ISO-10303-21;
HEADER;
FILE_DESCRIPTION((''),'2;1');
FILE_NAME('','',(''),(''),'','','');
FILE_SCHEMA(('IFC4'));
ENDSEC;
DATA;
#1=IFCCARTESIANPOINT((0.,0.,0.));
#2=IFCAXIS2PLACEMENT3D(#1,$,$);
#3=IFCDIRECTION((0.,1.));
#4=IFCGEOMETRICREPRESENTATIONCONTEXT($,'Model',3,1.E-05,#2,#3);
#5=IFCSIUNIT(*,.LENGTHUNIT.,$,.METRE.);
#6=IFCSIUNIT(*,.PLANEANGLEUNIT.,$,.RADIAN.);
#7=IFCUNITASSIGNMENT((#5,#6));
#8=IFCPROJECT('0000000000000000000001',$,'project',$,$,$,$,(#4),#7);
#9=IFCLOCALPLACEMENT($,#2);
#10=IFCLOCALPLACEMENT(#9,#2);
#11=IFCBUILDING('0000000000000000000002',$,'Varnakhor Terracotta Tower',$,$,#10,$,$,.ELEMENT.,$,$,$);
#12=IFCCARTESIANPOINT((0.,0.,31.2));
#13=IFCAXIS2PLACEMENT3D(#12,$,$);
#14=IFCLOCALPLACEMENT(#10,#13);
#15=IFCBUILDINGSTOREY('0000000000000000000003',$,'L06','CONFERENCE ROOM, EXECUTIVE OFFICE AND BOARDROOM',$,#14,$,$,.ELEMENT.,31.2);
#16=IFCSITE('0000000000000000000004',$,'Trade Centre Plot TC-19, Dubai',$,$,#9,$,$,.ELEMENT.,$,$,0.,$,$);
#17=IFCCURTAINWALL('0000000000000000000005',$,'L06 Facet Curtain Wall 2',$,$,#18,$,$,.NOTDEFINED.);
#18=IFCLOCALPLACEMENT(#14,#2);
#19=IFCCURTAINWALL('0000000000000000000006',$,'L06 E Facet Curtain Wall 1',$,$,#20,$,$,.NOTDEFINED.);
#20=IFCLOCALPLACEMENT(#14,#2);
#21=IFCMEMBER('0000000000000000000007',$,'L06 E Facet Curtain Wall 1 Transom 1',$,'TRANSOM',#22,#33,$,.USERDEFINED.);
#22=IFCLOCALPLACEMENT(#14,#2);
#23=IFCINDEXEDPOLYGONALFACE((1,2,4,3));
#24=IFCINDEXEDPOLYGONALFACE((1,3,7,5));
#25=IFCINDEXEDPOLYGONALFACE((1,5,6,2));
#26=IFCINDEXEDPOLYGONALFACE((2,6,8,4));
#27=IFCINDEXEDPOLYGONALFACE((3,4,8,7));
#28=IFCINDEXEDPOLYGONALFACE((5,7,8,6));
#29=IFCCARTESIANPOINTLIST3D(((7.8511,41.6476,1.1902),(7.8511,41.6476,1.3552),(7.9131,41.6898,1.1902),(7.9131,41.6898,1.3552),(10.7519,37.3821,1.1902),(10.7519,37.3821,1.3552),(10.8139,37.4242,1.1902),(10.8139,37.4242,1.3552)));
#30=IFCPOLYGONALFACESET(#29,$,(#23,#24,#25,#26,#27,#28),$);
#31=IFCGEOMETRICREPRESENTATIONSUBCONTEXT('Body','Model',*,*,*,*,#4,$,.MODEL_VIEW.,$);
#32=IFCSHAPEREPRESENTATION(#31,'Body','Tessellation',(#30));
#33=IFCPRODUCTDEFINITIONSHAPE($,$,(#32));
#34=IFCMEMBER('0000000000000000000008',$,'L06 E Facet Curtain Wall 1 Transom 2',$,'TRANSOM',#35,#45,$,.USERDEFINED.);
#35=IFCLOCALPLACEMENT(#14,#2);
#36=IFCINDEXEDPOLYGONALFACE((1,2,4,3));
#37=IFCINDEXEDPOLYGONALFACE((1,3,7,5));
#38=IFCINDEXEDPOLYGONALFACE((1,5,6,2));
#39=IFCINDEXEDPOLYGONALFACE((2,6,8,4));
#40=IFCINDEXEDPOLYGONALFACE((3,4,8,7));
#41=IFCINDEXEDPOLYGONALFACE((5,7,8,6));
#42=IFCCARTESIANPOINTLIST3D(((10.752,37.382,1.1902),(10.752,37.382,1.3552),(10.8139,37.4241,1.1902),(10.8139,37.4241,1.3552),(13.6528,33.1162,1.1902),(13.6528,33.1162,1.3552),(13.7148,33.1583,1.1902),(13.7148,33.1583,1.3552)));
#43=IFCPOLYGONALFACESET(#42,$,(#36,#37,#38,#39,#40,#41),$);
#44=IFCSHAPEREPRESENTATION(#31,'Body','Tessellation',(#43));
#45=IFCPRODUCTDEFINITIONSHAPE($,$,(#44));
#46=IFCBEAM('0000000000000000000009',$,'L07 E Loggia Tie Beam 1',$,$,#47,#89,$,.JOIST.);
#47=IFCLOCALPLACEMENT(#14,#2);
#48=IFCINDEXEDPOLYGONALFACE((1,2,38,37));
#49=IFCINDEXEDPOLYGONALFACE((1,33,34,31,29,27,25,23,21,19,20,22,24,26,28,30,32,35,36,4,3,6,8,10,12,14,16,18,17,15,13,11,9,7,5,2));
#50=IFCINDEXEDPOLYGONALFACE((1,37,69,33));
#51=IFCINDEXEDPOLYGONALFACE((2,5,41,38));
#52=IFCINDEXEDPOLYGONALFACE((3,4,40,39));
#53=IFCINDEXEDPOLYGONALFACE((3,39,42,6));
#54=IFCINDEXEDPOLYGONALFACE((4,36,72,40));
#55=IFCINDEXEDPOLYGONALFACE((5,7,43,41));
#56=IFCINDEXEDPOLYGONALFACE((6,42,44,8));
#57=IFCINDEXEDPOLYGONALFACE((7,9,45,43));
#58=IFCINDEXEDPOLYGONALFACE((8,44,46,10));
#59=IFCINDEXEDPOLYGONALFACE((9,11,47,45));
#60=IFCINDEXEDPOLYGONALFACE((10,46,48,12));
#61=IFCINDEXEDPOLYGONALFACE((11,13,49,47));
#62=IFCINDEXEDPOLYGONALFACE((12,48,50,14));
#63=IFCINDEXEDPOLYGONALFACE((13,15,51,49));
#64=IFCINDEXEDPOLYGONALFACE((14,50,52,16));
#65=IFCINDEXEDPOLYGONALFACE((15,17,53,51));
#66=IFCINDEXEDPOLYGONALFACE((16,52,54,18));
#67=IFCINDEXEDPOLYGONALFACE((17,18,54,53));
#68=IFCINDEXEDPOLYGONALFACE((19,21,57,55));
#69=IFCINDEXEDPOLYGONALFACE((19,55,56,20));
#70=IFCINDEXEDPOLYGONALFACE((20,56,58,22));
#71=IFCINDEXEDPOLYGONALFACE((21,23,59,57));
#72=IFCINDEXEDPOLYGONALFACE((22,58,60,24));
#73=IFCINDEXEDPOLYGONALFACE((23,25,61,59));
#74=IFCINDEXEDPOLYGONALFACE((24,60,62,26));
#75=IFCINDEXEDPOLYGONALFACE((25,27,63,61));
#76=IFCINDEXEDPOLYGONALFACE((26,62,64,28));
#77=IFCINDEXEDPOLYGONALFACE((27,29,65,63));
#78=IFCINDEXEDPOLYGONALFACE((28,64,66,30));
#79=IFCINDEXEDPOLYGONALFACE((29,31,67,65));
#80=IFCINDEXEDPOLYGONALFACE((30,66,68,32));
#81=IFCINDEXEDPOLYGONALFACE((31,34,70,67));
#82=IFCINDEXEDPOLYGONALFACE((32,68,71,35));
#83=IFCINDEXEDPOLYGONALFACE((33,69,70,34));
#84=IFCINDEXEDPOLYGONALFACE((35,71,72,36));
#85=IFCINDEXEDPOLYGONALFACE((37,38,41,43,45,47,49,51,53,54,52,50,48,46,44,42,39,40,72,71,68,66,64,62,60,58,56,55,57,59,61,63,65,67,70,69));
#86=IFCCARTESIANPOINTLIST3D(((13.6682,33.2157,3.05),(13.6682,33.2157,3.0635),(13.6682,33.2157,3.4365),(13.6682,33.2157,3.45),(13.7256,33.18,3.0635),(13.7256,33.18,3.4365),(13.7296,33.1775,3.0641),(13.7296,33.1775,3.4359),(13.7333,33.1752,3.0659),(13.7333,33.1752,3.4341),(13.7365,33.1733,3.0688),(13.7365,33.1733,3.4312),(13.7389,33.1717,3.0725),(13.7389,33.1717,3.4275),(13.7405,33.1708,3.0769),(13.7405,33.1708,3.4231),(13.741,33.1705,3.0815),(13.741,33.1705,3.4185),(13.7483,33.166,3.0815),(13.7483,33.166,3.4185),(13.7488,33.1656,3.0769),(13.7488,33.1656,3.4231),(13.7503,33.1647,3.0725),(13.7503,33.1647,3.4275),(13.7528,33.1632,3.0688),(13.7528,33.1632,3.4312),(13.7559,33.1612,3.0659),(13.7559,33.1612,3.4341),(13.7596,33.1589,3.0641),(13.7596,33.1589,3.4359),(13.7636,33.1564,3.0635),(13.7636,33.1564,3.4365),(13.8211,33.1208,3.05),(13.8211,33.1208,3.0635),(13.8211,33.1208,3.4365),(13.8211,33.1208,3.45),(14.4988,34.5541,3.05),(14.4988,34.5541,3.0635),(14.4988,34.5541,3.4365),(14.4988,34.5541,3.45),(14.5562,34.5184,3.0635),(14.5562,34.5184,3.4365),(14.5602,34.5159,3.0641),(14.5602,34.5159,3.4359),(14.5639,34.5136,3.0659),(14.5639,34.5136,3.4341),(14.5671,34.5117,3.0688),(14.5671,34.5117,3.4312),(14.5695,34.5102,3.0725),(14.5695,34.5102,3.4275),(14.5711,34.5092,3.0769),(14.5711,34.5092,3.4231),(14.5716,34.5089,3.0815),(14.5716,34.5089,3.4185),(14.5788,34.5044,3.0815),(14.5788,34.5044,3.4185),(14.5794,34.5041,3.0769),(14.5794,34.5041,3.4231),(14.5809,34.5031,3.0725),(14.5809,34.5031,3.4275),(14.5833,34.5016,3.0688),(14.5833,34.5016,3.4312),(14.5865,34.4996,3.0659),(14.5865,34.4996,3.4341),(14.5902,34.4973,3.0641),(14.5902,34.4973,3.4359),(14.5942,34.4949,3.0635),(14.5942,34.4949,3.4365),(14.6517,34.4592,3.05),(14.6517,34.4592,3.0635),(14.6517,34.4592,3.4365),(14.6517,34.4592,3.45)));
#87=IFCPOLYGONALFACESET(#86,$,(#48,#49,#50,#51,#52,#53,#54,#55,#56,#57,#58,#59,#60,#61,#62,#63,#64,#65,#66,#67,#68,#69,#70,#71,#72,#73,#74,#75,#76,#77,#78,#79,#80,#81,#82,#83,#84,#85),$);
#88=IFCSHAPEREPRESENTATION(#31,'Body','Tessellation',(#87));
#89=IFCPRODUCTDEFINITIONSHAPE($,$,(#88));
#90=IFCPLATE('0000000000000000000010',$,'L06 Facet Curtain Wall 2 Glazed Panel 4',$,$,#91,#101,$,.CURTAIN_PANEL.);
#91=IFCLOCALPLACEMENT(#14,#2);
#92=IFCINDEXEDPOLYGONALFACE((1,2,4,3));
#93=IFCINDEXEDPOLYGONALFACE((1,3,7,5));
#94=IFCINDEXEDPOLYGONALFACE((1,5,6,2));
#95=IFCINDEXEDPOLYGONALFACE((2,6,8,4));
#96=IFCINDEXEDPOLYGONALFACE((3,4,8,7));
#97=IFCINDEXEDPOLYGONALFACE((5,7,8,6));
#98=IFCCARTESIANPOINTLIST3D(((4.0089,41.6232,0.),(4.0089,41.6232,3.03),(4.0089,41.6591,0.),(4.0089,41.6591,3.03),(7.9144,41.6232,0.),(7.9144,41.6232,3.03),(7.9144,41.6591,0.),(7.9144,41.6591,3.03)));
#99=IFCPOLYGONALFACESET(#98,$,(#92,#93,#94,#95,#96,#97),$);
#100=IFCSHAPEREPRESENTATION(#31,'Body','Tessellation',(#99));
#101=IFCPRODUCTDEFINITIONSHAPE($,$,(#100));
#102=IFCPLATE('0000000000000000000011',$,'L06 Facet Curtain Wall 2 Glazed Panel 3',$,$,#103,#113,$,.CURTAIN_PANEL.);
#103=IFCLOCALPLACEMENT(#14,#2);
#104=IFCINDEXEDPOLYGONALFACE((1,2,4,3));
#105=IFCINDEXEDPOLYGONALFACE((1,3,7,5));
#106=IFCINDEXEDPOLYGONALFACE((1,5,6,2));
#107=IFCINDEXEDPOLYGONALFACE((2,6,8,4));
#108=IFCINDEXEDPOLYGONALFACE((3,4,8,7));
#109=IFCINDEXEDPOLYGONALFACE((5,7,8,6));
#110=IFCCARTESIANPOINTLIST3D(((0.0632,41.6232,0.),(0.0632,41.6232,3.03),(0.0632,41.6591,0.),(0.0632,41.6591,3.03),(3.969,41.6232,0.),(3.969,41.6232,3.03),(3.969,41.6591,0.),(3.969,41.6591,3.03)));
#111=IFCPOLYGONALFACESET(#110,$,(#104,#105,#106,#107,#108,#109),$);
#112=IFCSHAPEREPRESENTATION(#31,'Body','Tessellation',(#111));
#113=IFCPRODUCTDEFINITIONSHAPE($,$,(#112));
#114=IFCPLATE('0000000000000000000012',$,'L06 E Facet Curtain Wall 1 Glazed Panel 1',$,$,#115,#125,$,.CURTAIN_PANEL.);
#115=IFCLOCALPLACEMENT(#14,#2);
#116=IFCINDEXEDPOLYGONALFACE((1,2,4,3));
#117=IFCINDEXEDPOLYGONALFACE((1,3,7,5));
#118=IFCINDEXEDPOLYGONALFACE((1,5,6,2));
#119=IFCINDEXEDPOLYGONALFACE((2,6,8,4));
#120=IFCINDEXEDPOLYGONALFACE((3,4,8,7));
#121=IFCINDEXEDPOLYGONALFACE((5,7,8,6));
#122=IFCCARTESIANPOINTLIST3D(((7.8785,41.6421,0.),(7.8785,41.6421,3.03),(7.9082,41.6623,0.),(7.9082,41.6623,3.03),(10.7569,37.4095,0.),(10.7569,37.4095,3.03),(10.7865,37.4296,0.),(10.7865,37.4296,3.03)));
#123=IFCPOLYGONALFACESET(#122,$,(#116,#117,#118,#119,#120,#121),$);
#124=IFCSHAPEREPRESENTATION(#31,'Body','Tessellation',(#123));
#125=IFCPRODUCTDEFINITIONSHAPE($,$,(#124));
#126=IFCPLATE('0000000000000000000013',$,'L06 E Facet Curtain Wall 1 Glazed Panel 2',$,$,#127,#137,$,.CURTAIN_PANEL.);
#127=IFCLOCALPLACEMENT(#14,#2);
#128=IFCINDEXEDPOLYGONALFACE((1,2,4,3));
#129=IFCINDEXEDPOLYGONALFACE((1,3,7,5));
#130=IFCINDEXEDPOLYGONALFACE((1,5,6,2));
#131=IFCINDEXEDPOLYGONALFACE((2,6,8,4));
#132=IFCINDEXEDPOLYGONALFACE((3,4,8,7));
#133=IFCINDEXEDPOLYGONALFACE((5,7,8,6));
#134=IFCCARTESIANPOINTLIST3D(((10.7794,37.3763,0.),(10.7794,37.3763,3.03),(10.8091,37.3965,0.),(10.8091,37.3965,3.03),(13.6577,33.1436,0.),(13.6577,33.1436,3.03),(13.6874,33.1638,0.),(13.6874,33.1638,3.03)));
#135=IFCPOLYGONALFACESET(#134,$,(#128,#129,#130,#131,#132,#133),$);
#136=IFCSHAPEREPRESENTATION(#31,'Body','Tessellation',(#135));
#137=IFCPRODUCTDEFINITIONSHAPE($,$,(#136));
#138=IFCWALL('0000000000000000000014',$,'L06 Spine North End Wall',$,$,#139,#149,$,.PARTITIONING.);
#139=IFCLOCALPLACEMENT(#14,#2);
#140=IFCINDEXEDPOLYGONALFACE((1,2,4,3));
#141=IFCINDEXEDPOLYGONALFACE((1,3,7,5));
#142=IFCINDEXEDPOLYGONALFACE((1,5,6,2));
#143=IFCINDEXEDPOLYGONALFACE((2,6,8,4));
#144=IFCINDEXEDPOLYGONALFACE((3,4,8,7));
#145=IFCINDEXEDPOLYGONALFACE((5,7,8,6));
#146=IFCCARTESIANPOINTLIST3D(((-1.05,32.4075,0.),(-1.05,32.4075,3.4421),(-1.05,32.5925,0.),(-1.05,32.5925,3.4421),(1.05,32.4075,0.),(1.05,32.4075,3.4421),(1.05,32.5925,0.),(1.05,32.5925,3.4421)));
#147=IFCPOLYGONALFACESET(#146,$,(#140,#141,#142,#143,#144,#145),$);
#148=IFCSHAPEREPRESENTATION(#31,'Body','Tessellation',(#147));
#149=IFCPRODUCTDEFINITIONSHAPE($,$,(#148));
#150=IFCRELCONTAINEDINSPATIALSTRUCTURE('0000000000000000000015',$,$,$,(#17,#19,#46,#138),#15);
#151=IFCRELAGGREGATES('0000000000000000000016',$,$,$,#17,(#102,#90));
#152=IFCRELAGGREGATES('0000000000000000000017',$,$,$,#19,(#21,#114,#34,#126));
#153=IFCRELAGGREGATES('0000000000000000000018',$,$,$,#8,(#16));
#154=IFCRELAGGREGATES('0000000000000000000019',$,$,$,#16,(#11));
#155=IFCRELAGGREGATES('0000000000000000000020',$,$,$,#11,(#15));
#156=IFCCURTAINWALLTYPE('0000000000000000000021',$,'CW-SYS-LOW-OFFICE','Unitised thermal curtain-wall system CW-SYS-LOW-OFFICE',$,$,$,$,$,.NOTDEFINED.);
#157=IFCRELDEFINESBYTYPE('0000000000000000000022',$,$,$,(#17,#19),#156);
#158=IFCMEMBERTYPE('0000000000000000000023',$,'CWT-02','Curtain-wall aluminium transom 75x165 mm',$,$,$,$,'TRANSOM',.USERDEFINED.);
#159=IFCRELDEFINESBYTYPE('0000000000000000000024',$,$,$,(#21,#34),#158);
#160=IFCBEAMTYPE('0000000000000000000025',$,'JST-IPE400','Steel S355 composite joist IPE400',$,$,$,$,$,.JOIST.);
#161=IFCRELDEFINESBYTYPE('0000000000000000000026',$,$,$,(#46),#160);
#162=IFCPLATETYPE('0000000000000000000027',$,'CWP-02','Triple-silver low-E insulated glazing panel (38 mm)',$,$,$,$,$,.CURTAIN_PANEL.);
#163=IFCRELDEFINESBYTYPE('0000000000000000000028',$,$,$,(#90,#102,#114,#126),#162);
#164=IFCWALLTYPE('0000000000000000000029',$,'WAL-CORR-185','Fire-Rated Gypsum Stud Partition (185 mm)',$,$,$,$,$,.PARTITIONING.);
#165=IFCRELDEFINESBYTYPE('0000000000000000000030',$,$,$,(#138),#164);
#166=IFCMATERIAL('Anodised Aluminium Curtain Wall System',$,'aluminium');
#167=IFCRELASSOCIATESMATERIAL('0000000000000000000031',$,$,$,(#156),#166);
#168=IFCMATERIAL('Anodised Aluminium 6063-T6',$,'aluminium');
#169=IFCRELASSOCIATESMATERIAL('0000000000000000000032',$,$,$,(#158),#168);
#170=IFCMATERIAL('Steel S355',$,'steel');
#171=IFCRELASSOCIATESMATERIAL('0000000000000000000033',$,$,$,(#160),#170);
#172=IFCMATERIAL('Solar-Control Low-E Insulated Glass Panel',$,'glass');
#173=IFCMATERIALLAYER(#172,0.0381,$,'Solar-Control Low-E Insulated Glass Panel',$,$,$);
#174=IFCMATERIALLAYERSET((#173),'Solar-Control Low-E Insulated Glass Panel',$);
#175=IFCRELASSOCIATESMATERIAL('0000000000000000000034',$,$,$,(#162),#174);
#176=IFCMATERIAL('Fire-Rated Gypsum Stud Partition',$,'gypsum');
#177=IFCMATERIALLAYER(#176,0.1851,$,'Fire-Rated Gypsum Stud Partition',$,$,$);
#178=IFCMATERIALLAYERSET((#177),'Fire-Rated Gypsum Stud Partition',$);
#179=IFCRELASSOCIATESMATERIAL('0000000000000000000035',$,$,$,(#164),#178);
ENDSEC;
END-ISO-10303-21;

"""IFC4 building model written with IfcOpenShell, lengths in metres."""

from ifc_helpers import new_model, si_unit, direction, frame, frame_2d, origin, origin_2d, place, context, subcontext, project, spatial, rectangle, i_section, extrude, source, transform, mapped, material, layer, layer_set, material_profile, profile_set, type_object, element, aggregate, save


model = new_model("IFC4")

# Units and contexts
model_context = context("Model", 3, precision=1e-05, world=origin(), true_north=direction((0.0, 1.0)))
body_context = subcontext(model_context, "Body", "Model", "MODEL_VIEW")
ifc_project = project(units=[si_unit("LENGTHUNIT", "METRE"), si_unit("PLANEANGLEUNIT", "RADIAN")], contexts=[model_context])

# Site, building, storey
site_placement = place(None, origin())
site = spatial("IfcSite", under=ifc_project, at=site_placement, Name="Trade Centre Plot TC-19, Dubai", CompositionType="ELEMENT", RefElevation=0.0)
building_placement = place(site_placement, origin())
building = spatial("IfcBuilding", under=site, at=building_placement, Name="Varnakhor Terracotta Tower", CompositionType="ELEMENT")
storey_placement = place(building_placement, frame((0.0, 0.0, 31.2)))
storey = spatial("IfcBuildingStorey", under=building, at=storey_placement, Name="L06", Description="CONFERENCE ROOM, EXECUTIVE OFFICE AND BOARDROOM", CompositionType="ELEMENT", Elevation=31.2)

# Shared definitions
ifc_material_1 = material(Name="Steel S355", Category="steel")

# Curtain walls
ifc_material_2 = material(Name="Anodised Aluminium Curtain Wall System", Category="aluminium")
curtain_wall_type = type_object("IfcCurtainWallType", Name="CW-SYS-LOW-OFFICE", Description="Unitised thermal curtain-wall system CW-SYS-LOW-OFFICE", PredefinedType="NOTDEFINED", material=ifc_material_2)
curtain_wall_1_placement = place(storey_placement, origin())
curtain_wall_1 = element("IfcCurtainWall", 1, at=curtain_wall_1_placement, inside=storey, type_object=curtain_wall_type, Name="L06 Facet Curtain Wall 2", PredefinedType="NOTDEFINED")
ifc_material_3 = material(Name="Anodised Aluminium 6063-T6", Category="aluminium")
curtain_wall_2_placement = place(storey_placement, origin())
curtain_wall_2 = element("IfcCurtainWall", 2, at=curtain_wall_2_placement, inside=storey, type_object=curtain_wall_type, Name="L06 E Facet Curtain Wall 1", PredefinedType="NOTDEFINED")

# Members
ifc_material_profile_1 = material_profile(ifc_material_3, rectangle(XDim=0.075, YDim=0.165, at=origin_2d()), Name="ALU TRANSOM 75x165")
ifc_profile_set_1 = profile_set([ifc_material_profile_1], Name="Anodised Aluminium 6063-T6")
member_type_1 = type_object("IfcMemberType", Name="CWT-02", Description="Curtain-wall aluminium transom 75x165 mm", ElementType="TRANSOM", PredefinedType="USERDEFINED", material=ifc_profile_set_1)
shared_shape_1 = source(origin(), body_context, "Body", "SweptSolid", [
    extrude(rectangle(XDim=0.075, YDim=0.165, at=origin_2d()), origin(), (0.0, 0.0, 1.0), 5.1584),
])
member_1_placement = place(storey_placement, frame((7.8821, 41.6687, 1.2727), z_axis=(0.562344, -0.826904, 0.0), x_axis=(0.826904, 0.562344, 0.0)))
member_1 = element("IfcMember", 3, at=member_1_placement, type_object=member_type_1, Name="L06 E Facet Curtain Wall 1 Transom 1", ObjectType="TRANSOM", PredefinedType="USERDEFINED", context=body_context, shape_type="MappedRepresentation", body=[
    mapped(shared_shape_1, transform((0.0, 0.0, 0.0), scale=1.0)),
])
shared_shape_2 = source(origin(), body_context, "Body", "SweptSolid", [
    extrude(rectangle(XDim=0.075, YDim=0.165, at=origin_2d()), origin(), (0.0, 0.0, 1.0), 5.1587),
])
member_2_placement = place(storey_placement, frame((10.783, 37.4031, 1.2727), z_axis=(0.562322, -0.826919, 0.0), x_axis=(0.826919, 0.562322, 0.0)))
member_2 = element("IfcMember", 4, at=member_2_placement, type_object=member_type_1, Name="L06 E Facet Curtain Wall 1 Transom 2", ObjectType="TRANSOM", PredefinedType="USERDEFINED", context=body_context, shape_type="MappedRepresentation", body=[
    mapped(shared_shape_2, transform((0.0, 0.0, 0.0), scale=1.0)),
])

# Beam
ifc_material_profile_2 = material_profile(ifc_material_1, i_section(OverallWidth=0.1799, OverallDepth=0.3999, WebThickness=0.0085, FlangeThickness=0.0134, FilletRadius=0.0181, at=origin_2d()), Name="IPE400")
ifc_profile_set_2 = profile_set([ifc_material_profile_2], Name="Steel S355")
beam_type_1 = type_object("IfcBeamType", Name="JST-IPE400", Description="Steel S355 composite joist IPE400", PredefinedType="JOIST", material=ifc_profile_set_2)
shared_shape_3 = source(origin(), body_context, "Body", "SweptSolid", [
    extrude(i_section(OverallWidth=0.1799, OverallDepth=0.3999, WebThickness=0.0085, FlangeThickness=0.0134, FilletRadius=0.0181, at=origin_2d()), origin(), (0.0, 0.0, 1.0), 1.5752),
])
beam_1_placement = place(storey_placement, frame((13.7446, 33.1682, 3.25), z_axis=(0.527293, 0.849683, 0.0), x_axis=(-0.849683, 0.527293, 0.0)))
element("IfcBeam", 5, at=beam_1_placement, inside=storey, type_object=beam_type_1, Name="L07 E Loggia Tie Beam 1", PredefinedType="JOIST", context=body_context, shape_type="MappedRepresentation", body=[
    mapped(shared_shape_3, transform((0.0, 0.0, 0.0), scale=1.0)),
])

# Plates
ifc_material_4 = material(Name="Solar-Control Low-E Insulated Glass Panel", Category="glass")
ifc_layer_1 = layer(ifc_material_4, 0.0381, Name="Solar-Control Low-E Insulated Glass Panel")
ifc_layer_set_1 = layer_set([ifc_layer_1], Name="Solar-Control Low-E Insulated Glass Panel")
plate_type = type_object("IfcPlateType", Name="CWP-02", Description="Triple-silver low-E insulated glazing panel (38 mm)", PredefinedType="CURTAIN_PANEL", material=ifc_layer_set_1)
shared_shape_4 = source(origin(), body_context, "Body", "SweptSolid", [
    extrude(rectangle(XDim=3.9055, YDim=0.0359, at=origin_2d()), origin(), (0.0, 0.0, 1.0), 3.03),
])
plate_1_placement = place(storey_placement, frame((5.9617, 41.6411, 0.0), z_axis=(0.0, 0.0, 1.0), x_axis=(1.0, 0.0, 0.0)))
plate_1 = element("IfcPlate", 6, at=plate_1_placement, type_object=plate_type, Name="L06 Facet Curtain Wall 2 Glazed Panel 4", PredefinedType="CURTAIN_PANEL", context=body_context, shape_type="MappedRepresentation", body=[
    mapped(shared_shape_4, transform((0.0, 0.0, 0.0), scale=1.0)),
])
shared_shape_5 = source(origin(), body_context, "Body", "SweptSolid", [
    extrude(rectangle(XDim=3.9058, YDim=0.0359, at=origin_2d()), origin(), (0.0, 0.0, 1.0), 3.03),
])
plate_2_placement = place(storey_placement, frame((2.0161, 41.6411, 0.0), z_axis=(0.0, 0.0, 1.0), x_axis=(1.0, 0.0, 0.0)))
plate_2 = element("IfcPlate", 7, at=plate_2_placement, type_object=plate_type, Name="L06 Facet Curtain Wall 2 Glazed Panel 3", PredefinedType="CURTAIN_PANEL", context=body_context, shape_type="MappedRepresentation", body=[
    mapped(shared_shape_5, transform((0.0, 0.0, 0.0), scale=1.0)),
])
aggregate(curtain_wall_1, [plate_2, plate_1])
shared_shape_6 = source(origin(), body_context, "Body", "SweptSolid", [
    extrude(rectangle(XDim=5.1187, YDim=0.0359, at=origin_2d()), origin(), (0.0, 0.0, 1.0), 3.03),
])
plate_3_placement = place(storey_placement, frame((9.3325, 39.5359, 0.0), z_axis=(0.0, 0.0, 1.0), x_axis=(0.562329, -0.826914, 0.0)))
plate_3 = element("IfcPlate", 8, at=plate_3_placement, type_object=plate_type, Name="L06 E Facet Curtain Wall 1 Glazed Panel 1", PredefinedType="CURTAIN_PANEL", context=body_context, shape_type="MappedRepresentation", body=[
    mapped(shared_shape_6, transform((0.0, 0.0, 0.0), scale=1.0)),
])
plate_4_placement = place(storey_placement, frame((12.2334, 35.27, 0.0), z_axis=(0.0, 0.0, 1.0), x_axis=(0.562329, -0.826914, 0.0)))
plate_4 = element("IfcPlate", 9, at=plate_4_placement, type_object=plate_type, Name="L06 E Facet Curtain Wall 1 Glazed Panel 2", PredefinedType="CURTAIN_PANEL", context=body_context, shape_type="MappedRepresentation", body=[
    mapped(shared_shape_6, transform((0.0, 0.0, 0.0), scale=1.0)),
])
aggregate(curtain_wall_2, [member_1, plate_3, member_2, plate_4])

# Wall
ifc_material_5 = material(Name="Fire-Rated Gypsum Stud Partition", Category="gypsum")
ifc_layer_2 = layer(ifc_material_5, 0.1851, Name="Fire-Rated Gypsum Stud Partition")
ifc_layer_set_2 = layer_set([ifc_layer_2], Name="Fire-Rated Gypsum Stud Partition")
wall_type_1 = type_object("IfcWallType", Name="WAL-CORR-185", Description="Fire-Rated Gypsum Stud Partition (185 mm)", PredefinedType="PARTITIONING", material=ifc_layer_set_2)
wall_1_placement = place(storey_placement, frame((-1.05, 32.5, 0.0), z_axis=(0.0, 0.0, 1.0), x_axis=(1.0, 0.0, 0.0)))
element("IfcWall", 10, at=wall_1_placement, inside=storey, type_object=wall_type_1, Name="L06 Spine North End Wall", PredefinedType="PARTITIONING", context=body_context, shape_type="SweptSolid", body=[
    extrude(rectangle(XDim=2.1001, YDim=0.1851, at=frame_2d((1.05, 0.0))), origin(), (0.0, 0.0, 1.0), 3.4421),
])

save(model, "model.ifc")
